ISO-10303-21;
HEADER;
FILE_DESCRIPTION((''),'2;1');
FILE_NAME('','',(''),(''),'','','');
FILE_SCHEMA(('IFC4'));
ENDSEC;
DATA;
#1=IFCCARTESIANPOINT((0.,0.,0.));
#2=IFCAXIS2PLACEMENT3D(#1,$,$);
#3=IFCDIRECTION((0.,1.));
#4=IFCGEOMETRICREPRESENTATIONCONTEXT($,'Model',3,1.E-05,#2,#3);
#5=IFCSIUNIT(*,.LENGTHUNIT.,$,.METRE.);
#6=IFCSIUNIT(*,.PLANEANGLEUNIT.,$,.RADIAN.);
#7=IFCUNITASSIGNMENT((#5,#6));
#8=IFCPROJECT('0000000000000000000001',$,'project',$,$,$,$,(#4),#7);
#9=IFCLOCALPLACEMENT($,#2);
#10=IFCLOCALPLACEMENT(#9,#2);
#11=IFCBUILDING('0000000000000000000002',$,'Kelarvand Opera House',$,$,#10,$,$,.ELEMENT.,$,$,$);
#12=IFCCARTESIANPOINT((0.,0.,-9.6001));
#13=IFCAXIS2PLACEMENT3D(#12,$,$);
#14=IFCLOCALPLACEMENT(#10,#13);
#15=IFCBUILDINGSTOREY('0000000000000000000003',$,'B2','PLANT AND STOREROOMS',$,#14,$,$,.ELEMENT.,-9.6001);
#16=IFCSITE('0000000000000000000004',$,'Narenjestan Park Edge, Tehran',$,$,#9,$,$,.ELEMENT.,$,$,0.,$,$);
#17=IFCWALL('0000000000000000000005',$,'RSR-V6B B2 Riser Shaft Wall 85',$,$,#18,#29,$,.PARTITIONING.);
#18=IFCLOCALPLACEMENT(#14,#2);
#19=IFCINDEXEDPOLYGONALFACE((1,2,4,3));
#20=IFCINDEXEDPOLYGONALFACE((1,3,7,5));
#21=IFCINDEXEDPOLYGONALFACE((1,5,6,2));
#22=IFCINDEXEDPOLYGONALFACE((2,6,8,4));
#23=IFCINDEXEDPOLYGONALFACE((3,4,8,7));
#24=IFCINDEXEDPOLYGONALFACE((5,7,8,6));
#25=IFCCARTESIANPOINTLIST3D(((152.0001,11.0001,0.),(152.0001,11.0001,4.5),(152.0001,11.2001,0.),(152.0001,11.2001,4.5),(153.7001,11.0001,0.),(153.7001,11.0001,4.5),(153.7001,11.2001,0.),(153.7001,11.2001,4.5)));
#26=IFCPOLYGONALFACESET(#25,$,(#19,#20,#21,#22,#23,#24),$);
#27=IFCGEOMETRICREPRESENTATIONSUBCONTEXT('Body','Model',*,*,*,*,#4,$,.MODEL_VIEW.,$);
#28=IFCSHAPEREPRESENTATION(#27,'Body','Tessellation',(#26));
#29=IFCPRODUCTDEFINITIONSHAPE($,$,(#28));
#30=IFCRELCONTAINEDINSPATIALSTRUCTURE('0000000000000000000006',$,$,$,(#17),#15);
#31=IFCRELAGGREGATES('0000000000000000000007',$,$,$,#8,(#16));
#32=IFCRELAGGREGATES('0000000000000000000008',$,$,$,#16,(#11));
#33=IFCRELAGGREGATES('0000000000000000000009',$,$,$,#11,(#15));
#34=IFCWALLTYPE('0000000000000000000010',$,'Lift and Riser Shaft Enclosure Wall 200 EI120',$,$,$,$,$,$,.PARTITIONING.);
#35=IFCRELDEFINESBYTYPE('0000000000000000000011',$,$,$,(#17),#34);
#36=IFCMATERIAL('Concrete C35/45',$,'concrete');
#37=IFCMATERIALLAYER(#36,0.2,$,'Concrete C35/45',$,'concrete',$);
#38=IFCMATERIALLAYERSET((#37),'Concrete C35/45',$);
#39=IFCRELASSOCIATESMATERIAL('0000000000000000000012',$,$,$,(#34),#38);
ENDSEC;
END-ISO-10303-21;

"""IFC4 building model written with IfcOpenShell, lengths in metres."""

from ifc_helpers import new_model, si_unit, direction, frame, frame_2d, origin, place, context, subcontext, project, spatial, rectangle, extrude, material, layer, layer_set, type_object, element, save


model = new_model("IFC4")

# Units and contexts
model_context = context("Model", 3, precision=1e-05, world=origin(), true_north=direction((0.0, 1.0)))
body_context = subcontext(model_context, "Body", "Model", "MODEL_VIEW")
ifc_project = project(units=[si_unit("LENGTHUNIT", "METRE"), si_unit("PLANEANGLEUNIT", "RADIAN")], contexts=[model_context])

# Site, building, storey
site_placement = place(None, origin())
site = spatial("IfcSite", under=ifc_project, at=site_placement, Name="Narenjestan Park Edge, Tehran", CompositionType="ELEMENT", RefElevation=0.0)
building_placement = place(site_placement, origin())
building = spatial("IfcBuilding", under=site, at=building_placement, Name="Kelarvand Opera House", CompositionType="ELEMENT")
storey_placement = place(building_placement, frame((0.0, 0.0, -9.6001)))
storey = spatial("IfcBuildingStorey", under=building, at=storey_placement, Name="B2", Description="PLANT AND STOREROOMS", CompositionType="ELEMENT", Elevation=-9.6001)

# Shared definitions
ifc_material_1 = material(Name="Concrete C35/45", Category="concrete")

# Wall
ifc_layer_1 = layer(ifc_material_1, 0.2, Name="Concrete C35/45", Category="concrete")
ifc_layer_set_1 = layer_set([ifc_layer_1], Name="Concrete C35/45")
wall_type_1 = type_object("IfcWallType", Name="Lift and Riser Shaft Enclosure Wall 200 EI120", PredefinedType="PARTITIONING", material=ifc_layer_set_1)
wall_1_placement = place(storey_placement, frame((152.0, 11.1001, 0.0), z_axis=(0.0, 0.0, 1.0), x_axis=(1.0, 0.0, 0.0)))
element("IfcWall", 1, at=wall_1_placement, inside=storey, type_object=wall_type_1, Name="RSR-V6B B2 Riser Shaft Wall 85", PredefinedType="PARTITIONING", context=body_context, shape_type="SweptSolid", body=[
    extrude(rectangle(XDim=1.7, YDim=0.2, at=frame_2d((0.8501, 0.0))), origin(), (0.0, 0.0, 1.0), 4.5),
])

save(model, "model.ifc")
